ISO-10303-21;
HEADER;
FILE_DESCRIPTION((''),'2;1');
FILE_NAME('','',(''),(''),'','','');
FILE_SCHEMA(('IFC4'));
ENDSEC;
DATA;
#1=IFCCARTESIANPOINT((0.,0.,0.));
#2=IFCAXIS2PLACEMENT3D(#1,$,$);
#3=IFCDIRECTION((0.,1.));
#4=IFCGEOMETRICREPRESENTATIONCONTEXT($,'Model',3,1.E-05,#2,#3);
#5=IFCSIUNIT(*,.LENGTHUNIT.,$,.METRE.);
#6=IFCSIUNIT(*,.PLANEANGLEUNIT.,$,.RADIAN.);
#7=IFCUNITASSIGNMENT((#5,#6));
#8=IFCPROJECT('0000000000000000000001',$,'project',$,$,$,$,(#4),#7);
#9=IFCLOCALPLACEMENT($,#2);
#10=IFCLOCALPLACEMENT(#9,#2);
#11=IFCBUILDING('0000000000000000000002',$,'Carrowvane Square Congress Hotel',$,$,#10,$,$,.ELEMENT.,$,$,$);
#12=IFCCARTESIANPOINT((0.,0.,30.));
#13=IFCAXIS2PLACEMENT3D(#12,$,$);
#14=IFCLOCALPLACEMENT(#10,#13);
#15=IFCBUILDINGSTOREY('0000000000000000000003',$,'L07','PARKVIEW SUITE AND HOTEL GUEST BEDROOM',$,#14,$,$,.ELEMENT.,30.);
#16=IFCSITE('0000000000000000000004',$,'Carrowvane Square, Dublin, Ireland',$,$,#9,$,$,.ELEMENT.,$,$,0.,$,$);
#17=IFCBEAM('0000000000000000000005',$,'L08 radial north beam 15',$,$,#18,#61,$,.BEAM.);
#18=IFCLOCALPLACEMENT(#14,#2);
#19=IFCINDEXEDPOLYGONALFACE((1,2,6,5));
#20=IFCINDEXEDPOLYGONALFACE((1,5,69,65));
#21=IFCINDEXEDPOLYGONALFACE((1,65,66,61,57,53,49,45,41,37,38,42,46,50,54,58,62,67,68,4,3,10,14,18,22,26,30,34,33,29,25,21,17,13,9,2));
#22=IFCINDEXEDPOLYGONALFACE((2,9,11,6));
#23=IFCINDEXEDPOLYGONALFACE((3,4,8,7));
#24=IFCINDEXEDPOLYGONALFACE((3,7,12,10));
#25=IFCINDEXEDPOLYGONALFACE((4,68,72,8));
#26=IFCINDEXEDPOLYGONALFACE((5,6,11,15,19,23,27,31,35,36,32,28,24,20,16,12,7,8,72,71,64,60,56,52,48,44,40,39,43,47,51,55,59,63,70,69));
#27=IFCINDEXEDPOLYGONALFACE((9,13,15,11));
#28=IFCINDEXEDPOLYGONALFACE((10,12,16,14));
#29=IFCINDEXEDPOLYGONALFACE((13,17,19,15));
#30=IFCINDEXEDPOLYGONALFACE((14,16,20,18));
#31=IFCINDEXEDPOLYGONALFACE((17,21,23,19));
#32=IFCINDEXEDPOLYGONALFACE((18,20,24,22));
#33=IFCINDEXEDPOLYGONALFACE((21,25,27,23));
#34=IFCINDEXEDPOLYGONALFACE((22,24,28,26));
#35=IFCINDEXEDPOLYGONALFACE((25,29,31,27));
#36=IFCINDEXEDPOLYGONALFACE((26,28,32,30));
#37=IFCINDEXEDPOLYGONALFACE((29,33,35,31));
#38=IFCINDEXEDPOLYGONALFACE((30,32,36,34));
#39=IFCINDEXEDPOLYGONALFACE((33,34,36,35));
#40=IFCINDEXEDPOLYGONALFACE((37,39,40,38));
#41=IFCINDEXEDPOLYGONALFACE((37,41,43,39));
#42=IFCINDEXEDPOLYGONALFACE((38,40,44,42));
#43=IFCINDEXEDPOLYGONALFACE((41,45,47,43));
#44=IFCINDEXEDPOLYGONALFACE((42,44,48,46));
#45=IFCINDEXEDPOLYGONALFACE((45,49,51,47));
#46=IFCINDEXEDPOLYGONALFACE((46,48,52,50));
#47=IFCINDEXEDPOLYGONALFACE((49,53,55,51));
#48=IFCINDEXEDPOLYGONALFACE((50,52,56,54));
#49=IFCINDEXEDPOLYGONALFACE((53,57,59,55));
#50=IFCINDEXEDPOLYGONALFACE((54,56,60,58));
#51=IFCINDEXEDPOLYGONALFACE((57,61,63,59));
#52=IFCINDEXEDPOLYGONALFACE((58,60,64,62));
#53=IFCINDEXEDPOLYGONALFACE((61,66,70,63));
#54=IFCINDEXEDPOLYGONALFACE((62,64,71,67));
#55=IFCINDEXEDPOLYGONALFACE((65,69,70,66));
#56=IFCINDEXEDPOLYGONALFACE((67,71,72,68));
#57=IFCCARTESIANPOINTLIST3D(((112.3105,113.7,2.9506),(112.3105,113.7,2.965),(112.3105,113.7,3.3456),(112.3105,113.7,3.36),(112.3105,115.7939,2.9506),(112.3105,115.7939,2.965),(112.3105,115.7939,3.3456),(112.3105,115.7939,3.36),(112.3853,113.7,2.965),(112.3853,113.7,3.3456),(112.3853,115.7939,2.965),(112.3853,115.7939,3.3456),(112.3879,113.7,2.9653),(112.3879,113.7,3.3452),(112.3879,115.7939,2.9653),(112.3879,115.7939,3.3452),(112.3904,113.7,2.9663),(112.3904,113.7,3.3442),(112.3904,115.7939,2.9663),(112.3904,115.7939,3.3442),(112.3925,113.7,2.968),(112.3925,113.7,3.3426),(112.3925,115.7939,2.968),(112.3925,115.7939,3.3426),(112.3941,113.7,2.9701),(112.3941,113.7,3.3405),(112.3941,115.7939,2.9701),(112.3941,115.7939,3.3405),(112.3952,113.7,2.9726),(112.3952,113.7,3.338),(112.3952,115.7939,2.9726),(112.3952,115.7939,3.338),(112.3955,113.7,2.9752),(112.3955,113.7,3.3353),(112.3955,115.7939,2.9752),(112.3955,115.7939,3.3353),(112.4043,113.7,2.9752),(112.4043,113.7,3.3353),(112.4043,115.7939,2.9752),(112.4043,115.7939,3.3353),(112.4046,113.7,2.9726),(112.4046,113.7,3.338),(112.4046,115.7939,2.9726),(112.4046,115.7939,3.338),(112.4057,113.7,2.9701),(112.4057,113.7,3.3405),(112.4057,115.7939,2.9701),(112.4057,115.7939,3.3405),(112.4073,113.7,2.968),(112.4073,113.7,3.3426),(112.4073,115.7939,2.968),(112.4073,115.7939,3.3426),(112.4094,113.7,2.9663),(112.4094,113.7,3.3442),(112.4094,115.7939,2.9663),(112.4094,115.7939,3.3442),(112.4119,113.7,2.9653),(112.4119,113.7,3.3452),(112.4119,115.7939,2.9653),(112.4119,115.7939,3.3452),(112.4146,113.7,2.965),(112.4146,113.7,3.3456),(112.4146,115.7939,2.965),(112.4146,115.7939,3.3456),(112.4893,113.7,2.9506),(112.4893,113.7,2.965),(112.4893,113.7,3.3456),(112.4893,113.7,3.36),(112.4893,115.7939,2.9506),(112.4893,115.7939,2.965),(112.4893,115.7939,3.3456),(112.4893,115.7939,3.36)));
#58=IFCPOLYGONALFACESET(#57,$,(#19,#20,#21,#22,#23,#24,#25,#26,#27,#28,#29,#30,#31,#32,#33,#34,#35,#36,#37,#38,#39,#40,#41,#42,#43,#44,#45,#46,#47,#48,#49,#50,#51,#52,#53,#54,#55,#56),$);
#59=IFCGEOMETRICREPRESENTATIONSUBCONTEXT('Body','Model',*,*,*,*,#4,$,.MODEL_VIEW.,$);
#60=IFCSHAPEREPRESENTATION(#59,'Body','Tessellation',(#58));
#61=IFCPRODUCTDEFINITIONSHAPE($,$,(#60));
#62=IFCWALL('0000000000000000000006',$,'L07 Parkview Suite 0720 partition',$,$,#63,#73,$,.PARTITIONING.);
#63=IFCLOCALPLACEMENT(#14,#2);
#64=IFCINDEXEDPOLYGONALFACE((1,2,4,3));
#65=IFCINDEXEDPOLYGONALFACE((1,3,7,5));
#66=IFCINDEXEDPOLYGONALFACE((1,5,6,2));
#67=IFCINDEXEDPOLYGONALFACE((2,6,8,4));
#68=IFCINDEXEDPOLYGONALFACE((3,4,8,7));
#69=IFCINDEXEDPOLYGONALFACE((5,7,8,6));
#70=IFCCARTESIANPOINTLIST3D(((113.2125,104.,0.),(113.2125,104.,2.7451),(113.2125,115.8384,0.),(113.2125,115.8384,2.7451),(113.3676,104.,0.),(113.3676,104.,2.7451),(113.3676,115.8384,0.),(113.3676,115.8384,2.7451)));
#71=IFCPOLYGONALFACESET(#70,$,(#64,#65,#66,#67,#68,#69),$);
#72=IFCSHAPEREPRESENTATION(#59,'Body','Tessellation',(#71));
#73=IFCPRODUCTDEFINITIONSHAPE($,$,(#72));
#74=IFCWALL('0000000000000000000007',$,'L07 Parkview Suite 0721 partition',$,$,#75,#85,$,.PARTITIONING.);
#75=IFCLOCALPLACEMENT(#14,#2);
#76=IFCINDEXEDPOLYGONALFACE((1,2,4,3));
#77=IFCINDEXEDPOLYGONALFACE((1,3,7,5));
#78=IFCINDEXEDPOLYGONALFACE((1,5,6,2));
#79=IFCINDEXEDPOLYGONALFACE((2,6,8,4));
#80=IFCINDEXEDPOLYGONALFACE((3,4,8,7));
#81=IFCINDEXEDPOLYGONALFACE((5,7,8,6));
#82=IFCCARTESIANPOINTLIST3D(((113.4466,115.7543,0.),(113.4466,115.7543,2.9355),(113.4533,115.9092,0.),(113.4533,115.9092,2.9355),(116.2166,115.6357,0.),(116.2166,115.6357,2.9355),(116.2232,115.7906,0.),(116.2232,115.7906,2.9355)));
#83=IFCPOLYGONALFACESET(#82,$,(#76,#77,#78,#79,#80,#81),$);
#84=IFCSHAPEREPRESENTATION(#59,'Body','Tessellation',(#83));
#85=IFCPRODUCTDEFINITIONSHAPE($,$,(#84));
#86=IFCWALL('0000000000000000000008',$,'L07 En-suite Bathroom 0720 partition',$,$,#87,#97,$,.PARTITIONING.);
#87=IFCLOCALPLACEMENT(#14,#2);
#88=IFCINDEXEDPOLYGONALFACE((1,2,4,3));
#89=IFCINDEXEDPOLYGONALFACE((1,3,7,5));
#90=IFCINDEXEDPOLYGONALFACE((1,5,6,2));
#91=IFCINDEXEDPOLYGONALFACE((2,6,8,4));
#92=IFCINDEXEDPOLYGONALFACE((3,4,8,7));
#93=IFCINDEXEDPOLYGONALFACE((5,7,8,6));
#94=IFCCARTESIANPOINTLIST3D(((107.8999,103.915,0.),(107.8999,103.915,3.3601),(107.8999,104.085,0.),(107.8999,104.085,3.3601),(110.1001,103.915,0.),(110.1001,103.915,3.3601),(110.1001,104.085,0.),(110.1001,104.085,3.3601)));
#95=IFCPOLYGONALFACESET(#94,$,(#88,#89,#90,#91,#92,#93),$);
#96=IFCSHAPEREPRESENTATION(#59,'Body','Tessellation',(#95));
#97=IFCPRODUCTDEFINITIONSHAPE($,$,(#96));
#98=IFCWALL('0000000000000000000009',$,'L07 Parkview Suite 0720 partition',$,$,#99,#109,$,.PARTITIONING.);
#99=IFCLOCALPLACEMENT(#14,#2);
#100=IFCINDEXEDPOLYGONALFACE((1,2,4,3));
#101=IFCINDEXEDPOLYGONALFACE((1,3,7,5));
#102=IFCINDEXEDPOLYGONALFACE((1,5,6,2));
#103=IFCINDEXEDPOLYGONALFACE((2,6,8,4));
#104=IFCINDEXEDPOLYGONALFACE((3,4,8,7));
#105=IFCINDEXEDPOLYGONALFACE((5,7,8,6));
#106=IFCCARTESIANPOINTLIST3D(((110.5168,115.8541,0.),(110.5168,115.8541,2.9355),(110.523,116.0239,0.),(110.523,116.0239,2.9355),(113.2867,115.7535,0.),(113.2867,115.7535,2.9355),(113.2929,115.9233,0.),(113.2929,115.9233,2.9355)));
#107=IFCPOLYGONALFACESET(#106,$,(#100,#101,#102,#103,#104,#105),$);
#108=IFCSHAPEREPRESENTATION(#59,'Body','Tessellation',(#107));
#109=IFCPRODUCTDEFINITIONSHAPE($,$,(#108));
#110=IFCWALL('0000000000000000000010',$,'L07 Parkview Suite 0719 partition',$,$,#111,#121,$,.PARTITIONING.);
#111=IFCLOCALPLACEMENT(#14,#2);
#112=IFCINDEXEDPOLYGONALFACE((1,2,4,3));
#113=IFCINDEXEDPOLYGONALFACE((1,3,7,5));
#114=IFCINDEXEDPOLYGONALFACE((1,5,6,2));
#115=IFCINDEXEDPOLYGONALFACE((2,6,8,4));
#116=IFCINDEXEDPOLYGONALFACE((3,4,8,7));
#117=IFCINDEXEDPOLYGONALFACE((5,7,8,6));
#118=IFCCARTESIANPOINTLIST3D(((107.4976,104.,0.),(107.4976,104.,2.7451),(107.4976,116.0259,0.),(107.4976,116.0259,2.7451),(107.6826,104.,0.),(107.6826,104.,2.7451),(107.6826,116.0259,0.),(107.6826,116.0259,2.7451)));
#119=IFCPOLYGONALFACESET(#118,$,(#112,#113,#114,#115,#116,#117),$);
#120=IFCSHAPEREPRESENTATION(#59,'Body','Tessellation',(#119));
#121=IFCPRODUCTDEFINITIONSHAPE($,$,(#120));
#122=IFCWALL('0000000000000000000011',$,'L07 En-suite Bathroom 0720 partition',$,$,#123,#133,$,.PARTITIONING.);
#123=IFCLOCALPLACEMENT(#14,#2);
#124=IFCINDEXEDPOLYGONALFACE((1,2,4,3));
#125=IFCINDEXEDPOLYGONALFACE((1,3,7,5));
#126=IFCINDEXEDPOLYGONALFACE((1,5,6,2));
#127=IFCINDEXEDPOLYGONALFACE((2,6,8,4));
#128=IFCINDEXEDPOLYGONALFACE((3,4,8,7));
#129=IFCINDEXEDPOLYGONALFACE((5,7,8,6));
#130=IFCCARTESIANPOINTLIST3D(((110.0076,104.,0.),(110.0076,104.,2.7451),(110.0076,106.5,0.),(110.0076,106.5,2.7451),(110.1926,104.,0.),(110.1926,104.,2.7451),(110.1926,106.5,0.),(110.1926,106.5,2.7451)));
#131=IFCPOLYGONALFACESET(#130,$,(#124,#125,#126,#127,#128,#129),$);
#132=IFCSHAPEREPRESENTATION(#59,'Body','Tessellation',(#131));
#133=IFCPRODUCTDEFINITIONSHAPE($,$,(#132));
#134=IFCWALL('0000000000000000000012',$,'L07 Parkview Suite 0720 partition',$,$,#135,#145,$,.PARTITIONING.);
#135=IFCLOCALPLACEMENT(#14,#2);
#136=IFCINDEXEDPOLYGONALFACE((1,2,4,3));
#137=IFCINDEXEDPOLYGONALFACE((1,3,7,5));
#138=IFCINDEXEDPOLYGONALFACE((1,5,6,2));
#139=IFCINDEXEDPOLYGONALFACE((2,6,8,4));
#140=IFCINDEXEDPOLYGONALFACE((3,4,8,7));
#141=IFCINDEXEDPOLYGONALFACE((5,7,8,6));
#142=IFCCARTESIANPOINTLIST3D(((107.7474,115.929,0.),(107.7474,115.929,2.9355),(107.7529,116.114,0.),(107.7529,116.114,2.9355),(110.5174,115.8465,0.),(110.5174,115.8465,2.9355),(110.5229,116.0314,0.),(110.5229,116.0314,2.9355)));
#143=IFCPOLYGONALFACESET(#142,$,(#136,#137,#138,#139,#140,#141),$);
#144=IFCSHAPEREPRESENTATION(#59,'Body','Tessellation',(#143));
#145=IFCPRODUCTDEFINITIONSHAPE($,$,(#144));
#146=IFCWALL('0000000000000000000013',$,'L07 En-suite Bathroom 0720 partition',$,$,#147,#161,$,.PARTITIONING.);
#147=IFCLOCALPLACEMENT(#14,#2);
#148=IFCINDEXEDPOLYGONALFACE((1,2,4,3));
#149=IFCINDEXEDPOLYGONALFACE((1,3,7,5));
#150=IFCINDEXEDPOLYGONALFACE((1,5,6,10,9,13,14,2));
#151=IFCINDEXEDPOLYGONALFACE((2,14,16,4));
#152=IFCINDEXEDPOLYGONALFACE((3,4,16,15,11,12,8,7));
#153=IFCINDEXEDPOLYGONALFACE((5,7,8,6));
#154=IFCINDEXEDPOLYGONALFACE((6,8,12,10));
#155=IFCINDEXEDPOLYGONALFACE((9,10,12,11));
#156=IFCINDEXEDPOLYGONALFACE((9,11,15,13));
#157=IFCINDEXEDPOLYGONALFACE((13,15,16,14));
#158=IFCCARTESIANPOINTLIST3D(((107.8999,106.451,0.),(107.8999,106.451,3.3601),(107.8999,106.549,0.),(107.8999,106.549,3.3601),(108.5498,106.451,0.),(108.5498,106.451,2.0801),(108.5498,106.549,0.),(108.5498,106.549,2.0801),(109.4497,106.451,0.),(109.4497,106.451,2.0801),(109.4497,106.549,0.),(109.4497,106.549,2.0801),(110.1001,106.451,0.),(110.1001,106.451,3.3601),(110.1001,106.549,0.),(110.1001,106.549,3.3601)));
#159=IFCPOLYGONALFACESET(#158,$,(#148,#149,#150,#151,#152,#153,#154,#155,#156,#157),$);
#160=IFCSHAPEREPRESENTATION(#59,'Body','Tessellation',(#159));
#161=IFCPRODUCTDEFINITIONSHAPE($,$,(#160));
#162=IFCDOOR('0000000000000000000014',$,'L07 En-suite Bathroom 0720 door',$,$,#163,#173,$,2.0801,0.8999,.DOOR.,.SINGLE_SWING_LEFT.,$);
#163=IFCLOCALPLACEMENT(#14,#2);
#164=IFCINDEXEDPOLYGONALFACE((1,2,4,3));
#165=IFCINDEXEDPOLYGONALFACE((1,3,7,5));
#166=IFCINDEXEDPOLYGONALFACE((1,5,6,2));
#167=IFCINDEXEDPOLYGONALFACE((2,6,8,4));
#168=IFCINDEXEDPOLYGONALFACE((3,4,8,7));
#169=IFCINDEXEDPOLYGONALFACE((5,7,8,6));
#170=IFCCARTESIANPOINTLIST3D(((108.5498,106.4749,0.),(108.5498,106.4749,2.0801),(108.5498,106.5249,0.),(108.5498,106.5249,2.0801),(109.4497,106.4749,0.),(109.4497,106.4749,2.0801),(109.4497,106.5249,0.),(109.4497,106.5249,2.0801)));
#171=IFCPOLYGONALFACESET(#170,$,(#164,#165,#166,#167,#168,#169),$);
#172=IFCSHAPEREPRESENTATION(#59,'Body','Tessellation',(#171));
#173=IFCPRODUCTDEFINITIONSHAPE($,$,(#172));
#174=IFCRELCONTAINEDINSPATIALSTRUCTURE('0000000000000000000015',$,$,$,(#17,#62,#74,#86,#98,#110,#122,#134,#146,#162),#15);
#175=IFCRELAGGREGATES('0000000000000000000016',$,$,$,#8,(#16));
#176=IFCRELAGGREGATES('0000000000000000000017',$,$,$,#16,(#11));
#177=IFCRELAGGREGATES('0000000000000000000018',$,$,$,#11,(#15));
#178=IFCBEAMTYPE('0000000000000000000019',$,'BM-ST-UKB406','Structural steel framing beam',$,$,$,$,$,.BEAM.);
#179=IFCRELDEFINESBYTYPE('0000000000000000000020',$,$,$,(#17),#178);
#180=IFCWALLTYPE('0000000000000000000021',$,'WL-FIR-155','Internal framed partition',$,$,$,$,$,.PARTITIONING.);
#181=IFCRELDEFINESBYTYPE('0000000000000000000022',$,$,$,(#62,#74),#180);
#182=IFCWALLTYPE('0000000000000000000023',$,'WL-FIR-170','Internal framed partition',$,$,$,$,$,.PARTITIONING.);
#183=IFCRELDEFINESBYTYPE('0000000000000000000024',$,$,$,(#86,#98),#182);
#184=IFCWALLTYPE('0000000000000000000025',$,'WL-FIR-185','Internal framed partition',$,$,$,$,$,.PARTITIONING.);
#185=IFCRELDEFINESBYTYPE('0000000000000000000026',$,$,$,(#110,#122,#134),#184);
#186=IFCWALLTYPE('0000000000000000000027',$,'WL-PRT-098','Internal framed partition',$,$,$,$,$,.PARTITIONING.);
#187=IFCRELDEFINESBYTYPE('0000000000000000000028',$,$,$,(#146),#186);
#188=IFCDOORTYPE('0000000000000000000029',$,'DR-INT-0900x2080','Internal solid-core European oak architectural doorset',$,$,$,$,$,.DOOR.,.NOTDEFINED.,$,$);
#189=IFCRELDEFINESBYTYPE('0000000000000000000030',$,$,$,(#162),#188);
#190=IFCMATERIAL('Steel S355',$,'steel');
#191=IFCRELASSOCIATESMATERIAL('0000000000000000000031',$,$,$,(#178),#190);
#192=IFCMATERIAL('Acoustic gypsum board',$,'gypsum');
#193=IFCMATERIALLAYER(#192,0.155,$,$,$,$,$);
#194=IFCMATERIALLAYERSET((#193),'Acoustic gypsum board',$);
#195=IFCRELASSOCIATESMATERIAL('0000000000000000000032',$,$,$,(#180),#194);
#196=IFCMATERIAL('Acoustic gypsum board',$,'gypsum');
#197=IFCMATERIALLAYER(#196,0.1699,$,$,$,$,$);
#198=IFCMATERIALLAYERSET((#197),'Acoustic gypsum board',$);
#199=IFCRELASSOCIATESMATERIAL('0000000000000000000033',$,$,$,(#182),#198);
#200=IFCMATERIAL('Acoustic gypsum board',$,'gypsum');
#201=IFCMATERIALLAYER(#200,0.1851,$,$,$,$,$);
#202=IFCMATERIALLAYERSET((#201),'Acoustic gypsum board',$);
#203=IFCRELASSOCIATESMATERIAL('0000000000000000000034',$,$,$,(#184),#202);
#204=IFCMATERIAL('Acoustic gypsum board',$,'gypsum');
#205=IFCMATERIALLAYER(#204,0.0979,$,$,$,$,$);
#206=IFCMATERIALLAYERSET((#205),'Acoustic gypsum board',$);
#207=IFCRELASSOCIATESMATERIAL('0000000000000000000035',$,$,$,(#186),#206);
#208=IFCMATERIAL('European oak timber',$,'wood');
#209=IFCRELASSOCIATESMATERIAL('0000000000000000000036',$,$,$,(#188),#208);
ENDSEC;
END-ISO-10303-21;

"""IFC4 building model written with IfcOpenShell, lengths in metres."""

from ifc_helpers import new_model, si_unit, direction, frame, frame_2d, origin, origin_2d, place, context, subcontext, project, spatial, rectangle, i_section, extrude, material, layer, layer_set, material_profile, profile_set, type_object, element, fill, save


model = new_model("IFC4")

# Units and contexts
model_context = context("Model", 3, precision=1e-05, world=origin(), true_north=direction((0.0, 1.0)))
body_context = subcontext(model_context, "Body", "Model", "MODEL_VIEW")
ifc_project = project(units=[si_unit("LENGTHUNIT", "METRE"), si_unit("PLANEANGLEUNIT", "RADIAN")], contexts=[model_context])

# Site, building, storey
site_placement = place(None, origin())
site = spatial("IfcSite", under=ifc_project, at=site_placement, Name="Carrowvane Square, Dublin, Ireland", CompositionType="ELEMENT", RefElevation=0.0)
building_placement = place(site_placement, origin())
building = spatial("IfcBuilding", under=site, at=building_placement, Name="Carrowvane Square Congress Hotel", CompositionType="ELEMENT")
storey_placement = place(building_placement, frame((0.0, 0.0, 30.0)))
storey = spatial("IfcBuildingStorey", under=building, at=storey_placement, Name="L07", Description="PARKVIEW SUITE AND HOTEL GUEST BEDROOM", CompositionType="ELEMENT", Elevation=30.0)

# Beam
ifc_material_1 = material(Name="Steel S355", Category="steel")
ifc_material_profile_1 = material_profile(ifc_material_1, i_section(OverallWidth=0.1787, OverallDepth=0.4094, WebThickness=0.0088, FlangeThickness=0.0144, FilletRadius=0.0103, at=origin_2d()), Name="UKB 406x178x67")
ifc_profile_set_1 = profile_set([ifc_material_profile_1], Name="Steel S355")
beam_type_1 = type_object("IfcBeamType", Name="BM-ST-UKB406", Description="Structural steel framing beam", PredefinedType="BEAM", material=ifc_profile_set_1)
beam_1_placement = place(storey_placement, frame((112.3999, 113.7, 3.1553), z_axis=(0.0, 1.0, 0.0), x_axis=(-1.0, 0.0, 0.0)))
element("IfcBeam", 1, at=beam_1_placement, inside=storey, type_object=beam_type_1, Name="L08 radial north beam 15", PredefinedType="BEAM", context=body_context, shape_type="SweptSolid", body=[
    extrude(i_section(OverallWidth=0.1787, OverallDepth=0.4094, WebThickness=0.0088, FlangeThickness=0.0144, FilletRadius=0.0103, at=origin_2d()), origin(), (0.0, 0.0, 1.0), 2.094),
])

# Walls
ifc_material_2 = material(Name="Acoustic gypsum board", Category="gypsum")
ifc_layer_1 = layer(ifc_material_2, 0.155)
ifc_layer_set_1 = layer_set([ifc_layer_1], Name="Acoustic gypsum board")
wall_type_1 = type_object("IfcWallType", Name="WL-FIR-155", Description="Internal framed partition", PredefinedType="PARTITIONING", material=ifc_layer_set_1)
wall_1_placement = place(storey_placement, frame((113.29, 115.8384, 0.0), z_axis=(0.0, 0.0, 1.0), x_axis=(0.0, -1.0, 0.0)))
element("IfcWall", 2, at=wall_1_placement, inside=storey, type_object=wall_type_1, Name="L07 Parkview Suite 0720 partition", PredefinedType="PARTITIONING", context=body_context, shape_type="SweptSolid", body=[
    extrude(rectangle(XDim=11.8384, YDim=0.155, at=frame_2d((5.9192, 0.0))), origin(), (0.0, 0.0, 1.0), 2.7451),
])
wall_2_placement = place(storey_placement, frame((113.45, 115.8318, 0.0), z_axis=(0.0, 0.0, 1.0), x_axis=(0.999084, -0.042795, 0.0)))
element("IfcWall", 3, at=wall_2_placement, inside=storey, type_object=wall_type_1, Name="L07 Parkview Suite 0721 partition", PredefinedType="PARTITIONING", context=body_context, shape_type="SweptSolid", body=[
    extrude(rectangle(XDim=2.7725, YDim=0.155, at=frame_2d((1.3862, 0.0))), origin(), (0.0, 0.0, 1.0), 2.9355),
])

# Shared definitions
ifc_material_3 = material(Name="Acoustic gypsum board", Category="gypsum")
ifc_layer_2 = layer(ifc_material_3, 0.1699)
ifc_layer_set_2 = layer_set([ifc_layer_2], Name="Acoustic gypsum board")
wall_type_2 = type_object("IfcWallType", Name="WL-FIR-170", Description="Internal framed partition", PredefinedType="PARTITIONING", material=ifc_layer_set_2)

# Walls
wall_3_placement = place(storey_placement, frame((110.1001, 104.0, 0.0), z_axis=(0.0, 0.0, 1.0), x_axis=(-1.0, 0.0, 0.0)))
element("IfcWall", 4, at=wall_3_placement, inside=storey, type_object=wall_type_2, Name="L07 En-suite Bathroom 0720 partition", PredefinedType="PARTITIONING", context=body_context, shape_type="SweptSolid", body=[
    extrude(rectangle(XDim=2.2002, YDim=0.1699, at=frame_2d((1.1001, 0.0))), origin(), (0.0, 0.0, 1.0), 3.3601),
])
wall_4_placement = place(storey_placement, frame((110.52, 115.939, 0.0), z_axis=(0.0, 0.0, 1.0), x_axis=(0.999341, -0.036288, 0.0)))
element("IfcWall", 5, at=wall_4_placement, inside=storey, type_object=wall_type_2, Name="L07 Parkview Suite 0720 partition", PredefinedType="PARTITIONING", context=body_context, shape_type="SweptSolid", body=[
    extrude(rectangle(XDim=2.7717, YDim=0.1699, at=frame_2d((1.3857, 0.0))), origin(), (0.0, 0.0, 1.0), 2.9355),
])
ifc_material_4 = material(Name="Acoustic gypsum board", Category="gypsum")
ifc_layer_3 = layer(ifc_material_4, 0.1851)
ifc_layer_set_3 = layer_set([ifc_layer_3], Name="Acoustic gypsum board")
wall_type_3 = type_object("IfcWallType", Name="WL-FIR-185", Description="Internal framed partition", PredefinedType="PARTITIONING", material=ifc_layer_set_3)
wall_5_placement = place(storey_placement, frame((107.5901, 116.0259, 0.0), z_axis=(0.0, 0.0, 1.0), x_axis=(0.0, -1.0, 0.0)))
element("IfcWall", 6, at=wall_5_placement, inside=storey, type_object=wall_type_3, Name="L07 Parkview Suite 0719 partition", PredefinedType="PARTITIONING", context=body_context, shape_type="SweptSolid", body=[
    extrude(rectangle(XDim=12.0259, YDim=0.1851, at=frame_2d((6.0129, 0.0))), origin(), (0.0, 0.0, 1.0), 2.7451),
])
wall_6_placement = place(storey_placement, frame((110.1001, 106.5, 0.0), z_axis=(0.0, 0.0, 1.0), x_axis=(0.0, -1.0, 0.0)))
element("IfcWall", 7, at=wall_6_placement, inside=storey, type_object=wall_type_3, Name="L07 En-suite Bathroom 0720 partition", PredefinedType="PARTITIONING", context=body_context, shape_type="SweptSolid", body=[
    extrude(rectangle(XDim=2.5, YDim=0.1851, at=frame_2d((1.25, 0.0))), origin(), (0.0, 0.0, 1.0), 2.7451),
])
wall_7_placement = place(storey_placement, frame((107.75, 116.0215, 0.0), z_axis=(0.0, 0.0, 1.0), x_axis=(0.999557, -0.029777, 0.0)))
element("IfcWall", 8, at=wall_7_placement, inside=storey, type_object=wall_type_3, Name="L07 Parkview Suite 0720 partition", PredefinedType="PARTITIONING", context=body_context, shape_type="SweptSolid", body=[
    extrude(rectangle(XDim=2.7712, YDim=0.1851, at=frame_2d((1.3857, 0.0))), origin(), (0.0, 0.0, 1.0), 2.9355),
])

# Wall, opening, door
ifc_material_5 = material(Name="Acoustic gypsum board", Category="gypsum")
ifc_layer_4 = layer(ifc_material_5, 0.0979)
ifc_layer_set_4 = layer_set([ifc_layer_4], Name="Acoustic gypsum board")
wall_type_4 = type_object("IfcWallType", Name="WL-PRT-098", Description="Internal framed partition", PredefinedType="PARTITIONING", material=ifc_layer_set_4)
wall_8_placement = place(storey_placement, frame((107.8999, 106.5, 0.0), z_axis=(0.0, 0.0, 1.0), x_axis=(1.0, 0.0, 0.0)))
wall_8 = element("IfcWall", 9, at=wall_8_placement, inside=storey, type_object=wall_type_4, Name="L07 En-suite Bathroom 0720 partition", PredefinedType="PARTITIONING", context=body_context, shape_type="SweptSolid", body=[
    extrude(rectangle(XDim=2.2002, YDim=0.0979, at=frame_2d((1.1001, 0.0))), origin(), (0.0, 0.0, 1.0), 3.3601),
])
opening_1_placement = place(wall_8_placement, frame((0.6499, 0.0, 0.0)))
opening_1 = element("IfcOpeningElement", 10, at=opening_1_placement, cuts=wall_8, PredefinedType="OPENING", context=body_context, shape_type="SweptSolid", body=[
    extrude(rectangle(XDim=0.8999, YDim=2.0801, at=frame_2d((0.45, 1.04))), frame((0.0, 0.0588, 0.0), z_axis=(0.0, -1.0, 0.0), x_axis=(1.0, 0.0, 0.0)), (0.0, 0.0, 1.0), 0.1179),
])
ifc_material_6 = material(Name="European oak timber", Category="wood")
door_type_1 = type_object("IfcDoorType", Name="DR-INT-0900x2080", Description="Internal solid-core European oak architectural doorset", OperationType="NOTDEFINED", PredefinedType="DOOR", material=ifc_material_6)
door_1_placement = place(opening_1_placement, origin())
door_1 = element("IfcDoor", 11, at=door_1_placement, inside=storey, type_object=door_type_1, Name="L07 En-suite Bathroom 0720 door", OperationType="SINGLE_SWING_LEFT", OverallHeight=2.0801, OverallWidth=0.8999, PredefinedType="DOOR", context=body_context, shape_type="SweptSolid", body=[
    extrude(rectangle(XDim=0.8999, YDim=2.0801, at=frame_2d((0.45, 1.04))), frame((0.0, 0.0249, 0.0), z_axis=(0.0, -1.0, 0.0), x_axis=(1.0, 0.0, 0.0)), (0.0, 0.0, 1.0), 0.05),
])
fill(opening_1, door_1)

save(model, "model.ifc")
